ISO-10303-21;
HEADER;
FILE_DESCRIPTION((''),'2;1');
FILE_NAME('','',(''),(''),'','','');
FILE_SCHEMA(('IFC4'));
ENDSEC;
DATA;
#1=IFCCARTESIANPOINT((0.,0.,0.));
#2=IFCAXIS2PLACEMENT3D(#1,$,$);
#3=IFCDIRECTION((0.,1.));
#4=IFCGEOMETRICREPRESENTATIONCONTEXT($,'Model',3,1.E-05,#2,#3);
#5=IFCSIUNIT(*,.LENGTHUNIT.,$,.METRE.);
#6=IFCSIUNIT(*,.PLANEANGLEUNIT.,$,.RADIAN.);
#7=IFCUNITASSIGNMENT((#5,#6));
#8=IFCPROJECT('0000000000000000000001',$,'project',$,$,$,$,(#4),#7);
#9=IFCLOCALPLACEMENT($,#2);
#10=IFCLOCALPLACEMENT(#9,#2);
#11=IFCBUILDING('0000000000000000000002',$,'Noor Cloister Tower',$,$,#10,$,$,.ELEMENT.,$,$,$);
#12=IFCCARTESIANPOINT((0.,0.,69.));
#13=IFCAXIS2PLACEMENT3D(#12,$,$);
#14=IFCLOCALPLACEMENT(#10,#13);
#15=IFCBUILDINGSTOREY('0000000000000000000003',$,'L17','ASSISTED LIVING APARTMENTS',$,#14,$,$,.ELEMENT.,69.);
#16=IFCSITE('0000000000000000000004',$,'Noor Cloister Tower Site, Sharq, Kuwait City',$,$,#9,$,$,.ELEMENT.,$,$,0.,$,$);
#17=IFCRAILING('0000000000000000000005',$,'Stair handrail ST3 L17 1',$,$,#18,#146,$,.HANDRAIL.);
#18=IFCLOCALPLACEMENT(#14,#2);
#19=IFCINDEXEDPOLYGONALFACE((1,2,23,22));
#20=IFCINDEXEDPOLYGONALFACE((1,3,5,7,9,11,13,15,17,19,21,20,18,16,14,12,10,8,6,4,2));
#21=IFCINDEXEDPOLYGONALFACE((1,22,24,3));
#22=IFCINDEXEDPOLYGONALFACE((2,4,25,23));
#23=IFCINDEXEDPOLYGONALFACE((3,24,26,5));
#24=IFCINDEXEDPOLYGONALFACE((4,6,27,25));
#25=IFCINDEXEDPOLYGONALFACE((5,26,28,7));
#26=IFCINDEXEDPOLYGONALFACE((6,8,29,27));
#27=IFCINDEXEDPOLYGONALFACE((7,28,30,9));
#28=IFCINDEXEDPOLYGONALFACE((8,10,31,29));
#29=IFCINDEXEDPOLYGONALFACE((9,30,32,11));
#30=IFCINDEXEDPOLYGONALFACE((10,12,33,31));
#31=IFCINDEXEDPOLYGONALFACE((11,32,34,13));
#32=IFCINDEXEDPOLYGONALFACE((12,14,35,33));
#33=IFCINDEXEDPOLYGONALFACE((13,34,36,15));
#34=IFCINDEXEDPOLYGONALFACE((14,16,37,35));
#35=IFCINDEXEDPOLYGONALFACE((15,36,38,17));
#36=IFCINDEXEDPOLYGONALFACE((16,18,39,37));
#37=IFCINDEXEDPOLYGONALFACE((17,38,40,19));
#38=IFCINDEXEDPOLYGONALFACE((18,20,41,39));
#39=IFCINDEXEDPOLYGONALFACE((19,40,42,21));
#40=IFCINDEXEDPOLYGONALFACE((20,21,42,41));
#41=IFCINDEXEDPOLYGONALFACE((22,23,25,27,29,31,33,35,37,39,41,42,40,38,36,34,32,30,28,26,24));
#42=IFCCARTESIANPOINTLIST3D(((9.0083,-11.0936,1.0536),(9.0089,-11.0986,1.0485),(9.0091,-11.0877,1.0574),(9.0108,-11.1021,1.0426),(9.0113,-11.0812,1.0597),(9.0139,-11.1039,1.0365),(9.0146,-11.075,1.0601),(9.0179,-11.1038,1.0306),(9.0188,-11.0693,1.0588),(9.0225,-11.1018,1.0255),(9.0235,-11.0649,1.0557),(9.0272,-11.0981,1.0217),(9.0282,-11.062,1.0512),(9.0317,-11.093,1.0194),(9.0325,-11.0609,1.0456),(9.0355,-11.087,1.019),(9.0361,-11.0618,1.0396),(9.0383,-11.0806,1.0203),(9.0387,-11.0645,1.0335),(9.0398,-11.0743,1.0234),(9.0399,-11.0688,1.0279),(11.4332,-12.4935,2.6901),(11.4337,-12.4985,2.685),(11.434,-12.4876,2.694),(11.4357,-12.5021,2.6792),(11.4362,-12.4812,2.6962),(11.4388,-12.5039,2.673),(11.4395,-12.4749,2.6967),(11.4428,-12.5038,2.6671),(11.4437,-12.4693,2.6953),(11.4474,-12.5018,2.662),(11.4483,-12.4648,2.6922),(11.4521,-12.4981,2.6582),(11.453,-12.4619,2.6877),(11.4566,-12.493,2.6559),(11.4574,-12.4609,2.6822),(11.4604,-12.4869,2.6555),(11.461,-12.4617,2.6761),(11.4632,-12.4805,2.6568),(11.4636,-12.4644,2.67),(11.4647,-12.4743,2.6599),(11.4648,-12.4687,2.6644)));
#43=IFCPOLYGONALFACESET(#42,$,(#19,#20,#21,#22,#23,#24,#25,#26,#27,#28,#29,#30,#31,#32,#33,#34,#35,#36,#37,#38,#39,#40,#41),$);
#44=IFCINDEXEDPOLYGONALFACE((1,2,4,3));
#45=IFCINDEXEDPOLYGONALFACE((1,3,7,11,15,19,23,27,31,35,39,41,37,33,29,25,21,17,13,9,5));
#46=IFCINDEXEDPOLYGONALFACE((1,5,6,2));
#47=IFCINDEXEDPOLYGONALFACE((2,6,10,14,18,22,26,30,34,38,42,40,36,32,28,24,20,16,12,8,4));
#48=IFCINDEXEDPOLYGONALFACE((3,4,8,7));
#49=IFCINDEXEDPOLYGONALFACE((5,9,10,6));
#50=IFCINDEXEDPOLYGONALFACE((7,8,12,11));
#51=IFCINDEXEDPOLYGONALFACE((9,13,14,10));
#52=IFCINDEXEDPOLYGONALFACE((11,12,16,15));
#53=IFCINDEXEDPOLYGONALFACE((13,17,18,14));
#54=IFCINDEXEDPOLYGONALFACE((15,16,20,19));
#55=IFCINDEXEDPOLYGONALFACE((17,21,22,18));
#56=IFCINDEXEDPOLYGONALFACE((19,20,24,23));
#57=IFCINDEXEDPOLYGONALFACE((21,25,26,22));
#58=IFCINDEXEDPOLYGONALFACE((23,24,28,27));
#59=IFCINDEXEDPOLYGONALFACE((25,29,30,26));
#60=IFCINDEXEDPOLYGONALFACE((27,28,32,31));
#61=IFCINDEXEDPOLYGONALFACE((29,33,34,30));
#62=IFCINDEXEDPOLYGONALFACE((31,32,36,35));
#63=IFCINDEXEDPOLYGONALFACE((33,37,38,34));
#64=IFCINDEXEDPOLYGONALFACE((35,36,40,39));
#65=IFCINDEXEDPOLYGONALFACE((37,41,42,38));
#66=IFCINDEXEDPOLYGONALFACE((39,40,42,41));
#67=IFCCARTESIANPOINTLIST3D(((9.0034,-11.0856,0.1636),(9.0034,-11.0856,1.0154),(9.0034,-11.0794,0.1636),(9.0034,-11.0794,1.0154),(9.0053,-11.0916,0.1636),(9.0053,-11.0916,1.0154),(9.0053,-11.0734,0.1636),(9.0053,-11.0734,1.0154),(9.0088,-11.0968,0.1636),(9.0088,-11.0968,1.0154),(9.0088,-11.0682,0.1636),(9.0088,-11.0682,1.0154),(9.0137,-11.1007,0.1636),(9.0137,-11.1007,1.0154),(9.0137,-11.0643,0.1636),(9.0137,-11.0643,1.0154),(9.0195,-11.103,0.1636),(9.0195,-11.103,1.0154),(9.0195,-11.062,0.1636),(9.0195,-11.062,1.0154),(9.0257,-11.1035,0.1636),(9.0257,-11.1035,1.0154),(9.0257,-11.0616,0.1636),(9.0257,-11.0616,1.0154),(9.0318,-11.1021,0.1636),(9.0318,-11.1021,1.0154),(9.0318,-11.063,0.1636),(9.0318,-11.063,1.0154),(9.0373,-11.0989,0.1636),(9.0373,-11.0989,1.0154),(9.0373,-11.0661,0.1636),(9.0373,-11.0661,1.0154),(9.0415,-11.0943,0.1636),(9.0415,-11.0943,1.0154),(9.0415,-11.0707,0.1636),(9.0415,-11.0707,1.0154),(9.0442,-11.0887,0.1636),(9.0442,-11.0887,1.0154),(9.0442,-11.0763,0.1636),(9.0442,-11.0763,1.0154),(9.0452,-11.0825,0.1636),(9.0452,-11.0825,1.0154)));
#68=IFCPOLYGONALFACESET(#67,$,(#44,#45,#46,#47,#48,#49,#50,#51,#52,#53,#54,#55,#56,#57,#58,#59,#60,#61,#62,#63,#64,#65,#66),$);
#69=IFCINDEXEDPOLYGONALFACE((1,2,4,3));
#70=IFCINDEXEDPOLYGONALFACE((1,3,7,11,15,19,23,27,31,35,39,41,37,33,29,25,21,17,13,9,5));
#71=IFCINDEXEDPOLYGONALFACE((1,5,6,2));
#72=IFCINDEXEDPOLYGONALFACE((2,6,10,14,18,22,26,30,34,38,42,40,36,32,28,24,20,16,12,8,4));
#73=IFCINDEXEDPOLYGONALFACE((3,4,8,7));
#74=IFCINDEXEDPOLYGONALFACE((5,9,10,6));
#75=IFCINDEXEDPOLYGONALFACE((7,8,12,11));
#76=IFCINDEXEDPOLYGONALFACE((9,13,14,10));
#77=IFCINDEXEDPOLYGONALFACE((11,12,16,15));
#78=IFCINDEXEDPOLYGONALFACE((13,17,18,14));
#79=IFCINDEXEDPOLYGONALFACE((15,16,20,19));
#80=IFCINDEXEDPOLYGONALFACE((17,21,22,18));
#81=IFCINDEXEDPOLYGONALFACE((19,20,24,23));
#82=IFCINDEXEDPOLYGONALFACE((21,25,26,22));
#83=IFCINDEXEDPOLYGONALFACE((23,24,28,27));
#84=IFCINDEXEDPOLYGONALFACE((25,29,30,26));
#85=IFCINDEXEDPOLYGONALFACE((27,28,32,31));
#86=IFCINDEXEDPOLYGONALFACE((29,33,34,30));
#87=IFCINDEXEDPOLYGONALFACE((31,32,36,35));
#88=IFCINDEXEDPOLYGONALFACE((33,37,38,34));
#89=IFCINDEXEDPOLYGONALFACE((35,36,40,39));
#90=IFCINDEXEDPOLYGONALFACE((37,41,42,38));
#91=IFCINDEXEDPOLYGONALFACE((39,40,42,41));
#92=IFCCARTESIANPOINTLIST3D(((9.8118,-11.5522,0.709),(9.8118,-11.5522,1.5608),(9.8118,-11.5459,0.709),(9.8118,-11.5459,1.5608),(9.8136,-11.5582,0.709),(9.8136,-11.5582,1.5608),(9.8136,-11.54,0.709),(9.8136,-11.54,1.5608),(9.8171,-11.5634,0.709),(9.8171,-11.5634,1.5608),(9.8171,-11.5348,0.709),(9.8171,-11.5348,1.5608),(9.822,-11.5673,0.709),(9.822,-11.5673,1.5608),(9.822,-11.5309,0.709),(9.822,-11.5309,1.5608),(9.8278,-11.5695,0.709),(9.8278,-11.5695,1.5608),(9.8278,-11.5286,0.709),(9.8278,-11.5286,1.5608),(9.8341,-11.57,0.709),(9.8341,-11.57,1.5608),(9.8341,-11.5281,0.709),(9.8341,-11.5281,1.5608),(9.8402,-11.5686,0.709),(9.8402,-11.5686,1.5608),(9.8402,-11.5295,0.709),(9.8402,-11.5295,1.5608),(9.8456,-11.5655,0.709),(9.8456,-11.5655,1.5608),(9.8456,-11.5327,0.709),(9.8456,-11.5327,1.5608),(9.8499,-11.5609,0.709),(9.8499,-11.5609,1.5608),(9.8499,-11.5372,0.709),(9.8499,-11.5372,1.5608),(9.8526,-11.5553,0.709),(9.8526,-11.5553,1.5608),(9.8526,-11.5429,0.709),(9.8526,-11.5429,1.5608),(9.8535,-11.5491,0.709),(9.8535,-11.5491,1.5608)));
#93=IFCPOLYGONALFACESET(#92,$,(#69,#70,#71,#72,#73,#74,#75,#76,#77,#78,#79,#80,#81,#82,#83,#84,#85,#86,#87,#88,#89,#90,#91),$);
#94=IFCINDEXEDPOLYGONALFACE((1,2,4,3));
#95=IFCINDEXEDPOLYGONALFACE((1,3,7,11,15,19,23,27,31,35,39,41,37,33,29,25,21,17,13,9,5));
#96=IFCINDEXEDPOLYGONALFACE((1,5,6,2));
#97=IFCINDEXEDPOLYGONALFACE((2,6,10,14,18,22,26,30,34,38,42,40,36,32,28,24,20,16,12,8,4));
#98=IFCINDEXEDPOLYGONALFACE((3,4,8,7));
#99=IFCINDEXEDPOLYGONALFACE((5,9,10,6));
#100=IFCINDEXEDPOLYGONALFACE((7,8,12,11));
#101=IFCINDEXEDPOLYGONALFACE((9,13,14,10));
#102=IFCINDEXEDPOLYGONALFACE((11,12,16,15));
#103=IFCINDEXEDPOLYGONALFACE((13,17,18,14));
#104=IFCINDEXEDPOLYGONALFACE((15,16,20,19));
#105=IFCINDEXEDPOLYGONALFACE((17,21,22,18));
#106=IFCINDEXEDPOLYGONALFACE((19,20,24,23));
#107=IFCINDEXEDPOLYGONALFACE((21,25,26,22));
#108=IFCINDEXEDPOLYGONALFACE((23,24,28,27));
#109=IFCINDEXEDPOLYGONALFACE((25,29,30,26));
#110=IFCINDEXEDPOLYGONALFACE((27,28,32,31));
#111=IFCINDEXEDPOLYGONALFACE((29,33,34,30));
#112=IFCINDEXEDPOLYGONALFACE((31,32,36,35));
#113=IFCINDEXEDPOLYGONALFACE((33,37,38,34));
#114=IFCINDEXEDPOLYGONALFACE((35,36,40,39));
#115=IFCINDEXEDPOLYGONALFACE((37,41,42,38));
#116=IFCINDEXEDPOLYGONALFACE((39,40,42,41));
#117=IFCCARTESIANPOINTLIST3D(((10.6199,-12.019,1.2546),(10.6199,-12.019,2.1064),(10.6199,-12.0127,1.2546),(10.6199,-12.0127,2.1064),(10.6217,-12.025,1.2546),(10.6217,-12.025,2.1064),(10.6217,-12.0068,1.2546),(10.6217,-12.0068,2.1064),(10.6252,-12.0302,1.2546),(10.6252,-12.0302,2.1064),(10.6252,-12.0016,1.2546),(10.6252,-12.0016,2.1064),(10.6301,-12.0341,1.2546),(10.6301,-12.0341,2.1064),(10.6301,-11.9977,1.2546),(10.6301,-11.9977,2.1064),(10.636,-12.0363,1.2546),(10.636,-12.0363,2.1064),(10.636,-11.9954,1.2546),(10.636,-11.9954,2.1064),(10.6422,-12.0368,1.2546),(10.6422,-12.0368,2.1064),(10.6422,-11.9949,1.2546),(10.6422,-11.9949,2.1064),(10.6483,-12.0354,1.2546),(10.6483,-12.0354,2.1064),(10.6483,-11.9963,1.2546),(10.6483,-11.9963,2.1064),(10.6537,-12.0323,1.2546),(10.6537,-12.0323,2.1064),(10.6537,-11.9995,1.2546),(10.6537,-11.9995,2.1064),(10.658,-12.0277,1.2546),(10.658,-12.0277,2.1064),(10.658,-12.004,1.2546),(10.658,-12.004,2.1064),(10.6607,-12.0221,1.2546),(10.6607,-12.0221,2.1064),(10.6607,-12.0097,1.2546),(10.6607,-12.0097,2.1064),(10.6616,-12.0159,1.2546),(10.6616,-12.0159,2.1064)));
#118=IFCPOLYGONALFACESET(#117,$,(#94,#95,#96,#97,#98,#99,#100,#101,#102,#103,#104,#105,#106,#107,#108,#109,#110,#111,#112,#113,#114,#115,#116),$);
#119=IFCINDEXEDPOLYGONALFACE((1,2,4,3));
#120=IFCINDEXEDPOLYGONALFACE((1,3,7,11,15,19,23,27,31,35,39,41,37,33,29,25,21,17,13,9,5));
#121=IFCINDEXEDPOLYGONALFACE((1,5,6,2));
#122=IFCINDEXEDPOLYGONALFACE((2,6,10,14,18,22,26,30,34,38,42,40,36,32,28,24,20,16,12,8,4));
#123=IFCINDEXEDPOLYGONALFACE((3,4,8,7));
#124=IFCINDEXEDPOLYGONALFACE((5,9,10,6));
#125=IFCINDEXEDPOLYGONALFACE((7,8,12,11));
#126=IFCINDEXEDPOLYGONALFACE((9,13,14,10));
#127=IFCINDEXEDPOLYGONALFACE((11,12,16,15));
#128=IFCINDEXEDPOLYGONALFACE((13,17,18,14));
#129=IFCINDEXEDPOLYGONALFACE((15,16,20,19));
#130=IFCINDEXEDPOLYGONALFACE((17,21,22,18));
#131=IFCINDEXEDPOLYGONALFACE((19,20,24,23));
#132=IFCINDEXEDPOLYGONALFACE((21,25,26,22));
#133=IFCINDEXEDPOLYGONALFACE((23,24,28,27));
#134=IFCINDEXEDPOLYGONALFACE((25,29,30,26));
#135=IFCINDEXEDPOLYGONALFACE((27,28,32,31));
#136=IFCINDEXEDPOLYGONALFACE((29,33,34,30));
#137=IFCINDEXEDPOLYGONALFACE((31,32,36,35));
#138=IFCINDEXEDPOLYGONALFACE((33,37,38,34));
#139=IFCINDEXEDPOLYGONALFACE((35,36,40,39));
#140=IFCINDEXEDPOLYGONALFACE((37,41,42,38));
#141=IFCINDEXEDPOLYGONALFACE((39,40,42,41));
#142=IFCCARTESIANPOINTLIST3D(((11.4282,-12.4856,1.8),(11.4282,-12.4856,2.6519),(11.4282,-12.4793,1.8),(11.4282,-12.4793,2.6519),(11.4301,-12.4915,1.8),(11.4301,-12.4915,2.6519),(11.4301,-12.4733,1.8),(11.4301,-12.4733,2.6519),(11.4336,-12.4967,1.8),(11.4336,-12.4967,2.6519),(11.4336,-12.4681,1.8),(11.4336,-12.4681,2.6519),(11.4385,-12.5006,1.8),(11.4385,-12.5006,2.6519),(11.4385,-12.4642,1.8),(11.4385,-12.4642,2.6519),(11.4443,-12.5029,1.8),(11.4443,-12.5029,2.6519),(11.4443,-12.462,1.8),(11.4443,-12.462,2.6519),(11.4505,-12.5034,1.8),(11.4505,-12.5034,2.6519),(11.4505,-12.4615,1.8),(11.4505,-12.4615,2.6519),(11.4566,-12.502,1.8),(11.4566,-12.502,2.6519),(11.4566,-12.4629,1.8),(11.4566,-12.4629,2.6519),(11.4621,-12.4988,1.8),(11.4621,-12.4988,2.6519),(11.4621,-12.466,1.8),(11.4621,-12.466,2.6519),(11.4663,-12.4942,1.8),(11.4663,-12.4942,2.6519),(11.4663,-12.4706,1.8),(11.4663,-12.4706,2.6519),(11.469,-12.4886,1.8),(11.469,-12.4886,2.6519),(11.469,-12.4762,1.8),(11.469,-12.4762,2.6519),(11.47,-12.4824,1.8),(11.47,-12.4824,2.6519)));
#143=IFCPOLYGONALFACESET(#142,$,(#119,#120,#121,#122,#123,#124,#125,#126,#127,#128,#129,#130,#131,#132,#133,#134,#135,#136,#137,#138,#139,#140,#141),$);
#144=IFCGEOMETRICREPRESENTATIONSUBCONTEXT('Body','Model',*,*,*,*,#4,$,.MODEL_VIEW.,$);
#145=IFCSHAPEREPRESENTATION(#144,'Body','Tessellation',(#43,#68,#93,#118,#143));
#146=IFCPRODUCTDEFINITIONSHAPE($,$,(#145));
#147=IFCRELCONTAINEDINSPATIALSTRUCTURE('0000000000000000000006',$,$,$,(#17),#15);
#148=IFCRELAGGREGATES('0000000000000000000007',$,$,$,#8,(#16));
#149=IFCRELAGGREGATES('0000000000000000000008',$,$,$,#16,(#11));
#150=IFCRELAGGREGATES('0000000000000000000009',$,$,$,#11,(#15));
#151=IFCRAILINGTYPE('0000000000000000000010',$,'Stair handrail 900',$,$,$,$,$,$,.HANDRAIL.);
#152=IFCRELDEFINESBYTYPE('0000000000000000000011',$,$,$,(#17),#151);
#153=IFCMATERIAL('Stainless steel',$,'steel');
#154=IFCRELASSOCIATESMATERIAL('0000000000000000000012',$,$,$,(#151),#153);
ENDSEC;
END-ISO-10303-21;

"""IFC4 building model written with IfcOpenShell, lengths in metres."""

from ifc_helpers import new_model, si_unit, direction, frame, origin, origin_2d, place, context, subcontext, project, spatial, circle, extrude, material, type_object, element, save


model = new_model("IFC4")

# Units and contexts
model_context = context("Model", 3, precision=1e-05, world=origin(), true_north=direction((0.0, 1.0)))
body_context = subcontext(model_context, "Body", "Model", "MODEL_VIEW")
ifc_project = project(units=[si_unit("LENGTHUNIT", "METRE"), si_unit("PLANEANGLEUNIT", "RADIAN")], contexts=[model_context])

# Site, building, storey
site_placement = place(None, origin())
site = spatial("IfcSite", under=ifc_project, at=site_placement, Name="Noor Cloister Tower Site, Sharq, Kuwait City", CompositionType="ELEMENT", RefElevation=0.0)
building_placement = place(site_placement, origin())
building = spatial("IfcBuilding", under=site, at=building_placement, Name="Noor Cloister Tower", CompositionType="ELEMENT")
storey_placement = place(building_placement, frame((0.0, 0.0, 69.0)))
storey = spatial("IfcBuildingStorey", under=building, at=storey_placement, Name="L17", Description="ASSISTED LIVING APARTMENTS", CompositionType="ELEMENT", Elevation=69.0)

# Railing
ifc_material_1 = material(Name="Stainless steel", Category="steel")
railing_type_1 = type_object("IfcRailingType", Name="Stair handrail 900", PredefinedType="HANDRAIL", material=ifc_material_1)
railing_1_placement = place(storey_placement, frame((9.0242, -11.0825, 0.1636)))
element("IfcRailing", 1, at=railing_1_placement, inside=storey, type_object=railing_type_1, Name="Stair handrail ST3 L17 1", PredefinedType="HANDRAIL", context=body_context, shape_type="SweptSolid", body=[
    extrude(circle(Radius=0.0239, at=origin_2d()), frame((0.0, 0.0, 0.876), z_axis=(0.74769, -0.431661, 0.504608), x_axis=(0.499984, 0.866035, 0.0)), (0.0, 0.0, 1.0), 3.2432),
    extrude(circle(Radius=0.021, at=origin_2d()), origin(), (0.0, 0.0, 1.0), 0.8518),
    extrude(circle(Radius=0.021, at=origin_2d()), frame((0.8083, -0.4666, 0.5454)), (0.0, 0.0, 1.0), 0.8518),
    extrude(circle(Radius=0.021, at=origin_2d()), frame((1.6165, -0.9333, 1.0911)), (0.0, 0.0, 1.0), 0.8518),
    extrude(circle(Radius=0.021, at=origin_2d()), frame((2.4248, -1.3999, 1.6365)), (0.0, 0.0, 1.0), 0.8518),
])

save(model, "model.ifc")
